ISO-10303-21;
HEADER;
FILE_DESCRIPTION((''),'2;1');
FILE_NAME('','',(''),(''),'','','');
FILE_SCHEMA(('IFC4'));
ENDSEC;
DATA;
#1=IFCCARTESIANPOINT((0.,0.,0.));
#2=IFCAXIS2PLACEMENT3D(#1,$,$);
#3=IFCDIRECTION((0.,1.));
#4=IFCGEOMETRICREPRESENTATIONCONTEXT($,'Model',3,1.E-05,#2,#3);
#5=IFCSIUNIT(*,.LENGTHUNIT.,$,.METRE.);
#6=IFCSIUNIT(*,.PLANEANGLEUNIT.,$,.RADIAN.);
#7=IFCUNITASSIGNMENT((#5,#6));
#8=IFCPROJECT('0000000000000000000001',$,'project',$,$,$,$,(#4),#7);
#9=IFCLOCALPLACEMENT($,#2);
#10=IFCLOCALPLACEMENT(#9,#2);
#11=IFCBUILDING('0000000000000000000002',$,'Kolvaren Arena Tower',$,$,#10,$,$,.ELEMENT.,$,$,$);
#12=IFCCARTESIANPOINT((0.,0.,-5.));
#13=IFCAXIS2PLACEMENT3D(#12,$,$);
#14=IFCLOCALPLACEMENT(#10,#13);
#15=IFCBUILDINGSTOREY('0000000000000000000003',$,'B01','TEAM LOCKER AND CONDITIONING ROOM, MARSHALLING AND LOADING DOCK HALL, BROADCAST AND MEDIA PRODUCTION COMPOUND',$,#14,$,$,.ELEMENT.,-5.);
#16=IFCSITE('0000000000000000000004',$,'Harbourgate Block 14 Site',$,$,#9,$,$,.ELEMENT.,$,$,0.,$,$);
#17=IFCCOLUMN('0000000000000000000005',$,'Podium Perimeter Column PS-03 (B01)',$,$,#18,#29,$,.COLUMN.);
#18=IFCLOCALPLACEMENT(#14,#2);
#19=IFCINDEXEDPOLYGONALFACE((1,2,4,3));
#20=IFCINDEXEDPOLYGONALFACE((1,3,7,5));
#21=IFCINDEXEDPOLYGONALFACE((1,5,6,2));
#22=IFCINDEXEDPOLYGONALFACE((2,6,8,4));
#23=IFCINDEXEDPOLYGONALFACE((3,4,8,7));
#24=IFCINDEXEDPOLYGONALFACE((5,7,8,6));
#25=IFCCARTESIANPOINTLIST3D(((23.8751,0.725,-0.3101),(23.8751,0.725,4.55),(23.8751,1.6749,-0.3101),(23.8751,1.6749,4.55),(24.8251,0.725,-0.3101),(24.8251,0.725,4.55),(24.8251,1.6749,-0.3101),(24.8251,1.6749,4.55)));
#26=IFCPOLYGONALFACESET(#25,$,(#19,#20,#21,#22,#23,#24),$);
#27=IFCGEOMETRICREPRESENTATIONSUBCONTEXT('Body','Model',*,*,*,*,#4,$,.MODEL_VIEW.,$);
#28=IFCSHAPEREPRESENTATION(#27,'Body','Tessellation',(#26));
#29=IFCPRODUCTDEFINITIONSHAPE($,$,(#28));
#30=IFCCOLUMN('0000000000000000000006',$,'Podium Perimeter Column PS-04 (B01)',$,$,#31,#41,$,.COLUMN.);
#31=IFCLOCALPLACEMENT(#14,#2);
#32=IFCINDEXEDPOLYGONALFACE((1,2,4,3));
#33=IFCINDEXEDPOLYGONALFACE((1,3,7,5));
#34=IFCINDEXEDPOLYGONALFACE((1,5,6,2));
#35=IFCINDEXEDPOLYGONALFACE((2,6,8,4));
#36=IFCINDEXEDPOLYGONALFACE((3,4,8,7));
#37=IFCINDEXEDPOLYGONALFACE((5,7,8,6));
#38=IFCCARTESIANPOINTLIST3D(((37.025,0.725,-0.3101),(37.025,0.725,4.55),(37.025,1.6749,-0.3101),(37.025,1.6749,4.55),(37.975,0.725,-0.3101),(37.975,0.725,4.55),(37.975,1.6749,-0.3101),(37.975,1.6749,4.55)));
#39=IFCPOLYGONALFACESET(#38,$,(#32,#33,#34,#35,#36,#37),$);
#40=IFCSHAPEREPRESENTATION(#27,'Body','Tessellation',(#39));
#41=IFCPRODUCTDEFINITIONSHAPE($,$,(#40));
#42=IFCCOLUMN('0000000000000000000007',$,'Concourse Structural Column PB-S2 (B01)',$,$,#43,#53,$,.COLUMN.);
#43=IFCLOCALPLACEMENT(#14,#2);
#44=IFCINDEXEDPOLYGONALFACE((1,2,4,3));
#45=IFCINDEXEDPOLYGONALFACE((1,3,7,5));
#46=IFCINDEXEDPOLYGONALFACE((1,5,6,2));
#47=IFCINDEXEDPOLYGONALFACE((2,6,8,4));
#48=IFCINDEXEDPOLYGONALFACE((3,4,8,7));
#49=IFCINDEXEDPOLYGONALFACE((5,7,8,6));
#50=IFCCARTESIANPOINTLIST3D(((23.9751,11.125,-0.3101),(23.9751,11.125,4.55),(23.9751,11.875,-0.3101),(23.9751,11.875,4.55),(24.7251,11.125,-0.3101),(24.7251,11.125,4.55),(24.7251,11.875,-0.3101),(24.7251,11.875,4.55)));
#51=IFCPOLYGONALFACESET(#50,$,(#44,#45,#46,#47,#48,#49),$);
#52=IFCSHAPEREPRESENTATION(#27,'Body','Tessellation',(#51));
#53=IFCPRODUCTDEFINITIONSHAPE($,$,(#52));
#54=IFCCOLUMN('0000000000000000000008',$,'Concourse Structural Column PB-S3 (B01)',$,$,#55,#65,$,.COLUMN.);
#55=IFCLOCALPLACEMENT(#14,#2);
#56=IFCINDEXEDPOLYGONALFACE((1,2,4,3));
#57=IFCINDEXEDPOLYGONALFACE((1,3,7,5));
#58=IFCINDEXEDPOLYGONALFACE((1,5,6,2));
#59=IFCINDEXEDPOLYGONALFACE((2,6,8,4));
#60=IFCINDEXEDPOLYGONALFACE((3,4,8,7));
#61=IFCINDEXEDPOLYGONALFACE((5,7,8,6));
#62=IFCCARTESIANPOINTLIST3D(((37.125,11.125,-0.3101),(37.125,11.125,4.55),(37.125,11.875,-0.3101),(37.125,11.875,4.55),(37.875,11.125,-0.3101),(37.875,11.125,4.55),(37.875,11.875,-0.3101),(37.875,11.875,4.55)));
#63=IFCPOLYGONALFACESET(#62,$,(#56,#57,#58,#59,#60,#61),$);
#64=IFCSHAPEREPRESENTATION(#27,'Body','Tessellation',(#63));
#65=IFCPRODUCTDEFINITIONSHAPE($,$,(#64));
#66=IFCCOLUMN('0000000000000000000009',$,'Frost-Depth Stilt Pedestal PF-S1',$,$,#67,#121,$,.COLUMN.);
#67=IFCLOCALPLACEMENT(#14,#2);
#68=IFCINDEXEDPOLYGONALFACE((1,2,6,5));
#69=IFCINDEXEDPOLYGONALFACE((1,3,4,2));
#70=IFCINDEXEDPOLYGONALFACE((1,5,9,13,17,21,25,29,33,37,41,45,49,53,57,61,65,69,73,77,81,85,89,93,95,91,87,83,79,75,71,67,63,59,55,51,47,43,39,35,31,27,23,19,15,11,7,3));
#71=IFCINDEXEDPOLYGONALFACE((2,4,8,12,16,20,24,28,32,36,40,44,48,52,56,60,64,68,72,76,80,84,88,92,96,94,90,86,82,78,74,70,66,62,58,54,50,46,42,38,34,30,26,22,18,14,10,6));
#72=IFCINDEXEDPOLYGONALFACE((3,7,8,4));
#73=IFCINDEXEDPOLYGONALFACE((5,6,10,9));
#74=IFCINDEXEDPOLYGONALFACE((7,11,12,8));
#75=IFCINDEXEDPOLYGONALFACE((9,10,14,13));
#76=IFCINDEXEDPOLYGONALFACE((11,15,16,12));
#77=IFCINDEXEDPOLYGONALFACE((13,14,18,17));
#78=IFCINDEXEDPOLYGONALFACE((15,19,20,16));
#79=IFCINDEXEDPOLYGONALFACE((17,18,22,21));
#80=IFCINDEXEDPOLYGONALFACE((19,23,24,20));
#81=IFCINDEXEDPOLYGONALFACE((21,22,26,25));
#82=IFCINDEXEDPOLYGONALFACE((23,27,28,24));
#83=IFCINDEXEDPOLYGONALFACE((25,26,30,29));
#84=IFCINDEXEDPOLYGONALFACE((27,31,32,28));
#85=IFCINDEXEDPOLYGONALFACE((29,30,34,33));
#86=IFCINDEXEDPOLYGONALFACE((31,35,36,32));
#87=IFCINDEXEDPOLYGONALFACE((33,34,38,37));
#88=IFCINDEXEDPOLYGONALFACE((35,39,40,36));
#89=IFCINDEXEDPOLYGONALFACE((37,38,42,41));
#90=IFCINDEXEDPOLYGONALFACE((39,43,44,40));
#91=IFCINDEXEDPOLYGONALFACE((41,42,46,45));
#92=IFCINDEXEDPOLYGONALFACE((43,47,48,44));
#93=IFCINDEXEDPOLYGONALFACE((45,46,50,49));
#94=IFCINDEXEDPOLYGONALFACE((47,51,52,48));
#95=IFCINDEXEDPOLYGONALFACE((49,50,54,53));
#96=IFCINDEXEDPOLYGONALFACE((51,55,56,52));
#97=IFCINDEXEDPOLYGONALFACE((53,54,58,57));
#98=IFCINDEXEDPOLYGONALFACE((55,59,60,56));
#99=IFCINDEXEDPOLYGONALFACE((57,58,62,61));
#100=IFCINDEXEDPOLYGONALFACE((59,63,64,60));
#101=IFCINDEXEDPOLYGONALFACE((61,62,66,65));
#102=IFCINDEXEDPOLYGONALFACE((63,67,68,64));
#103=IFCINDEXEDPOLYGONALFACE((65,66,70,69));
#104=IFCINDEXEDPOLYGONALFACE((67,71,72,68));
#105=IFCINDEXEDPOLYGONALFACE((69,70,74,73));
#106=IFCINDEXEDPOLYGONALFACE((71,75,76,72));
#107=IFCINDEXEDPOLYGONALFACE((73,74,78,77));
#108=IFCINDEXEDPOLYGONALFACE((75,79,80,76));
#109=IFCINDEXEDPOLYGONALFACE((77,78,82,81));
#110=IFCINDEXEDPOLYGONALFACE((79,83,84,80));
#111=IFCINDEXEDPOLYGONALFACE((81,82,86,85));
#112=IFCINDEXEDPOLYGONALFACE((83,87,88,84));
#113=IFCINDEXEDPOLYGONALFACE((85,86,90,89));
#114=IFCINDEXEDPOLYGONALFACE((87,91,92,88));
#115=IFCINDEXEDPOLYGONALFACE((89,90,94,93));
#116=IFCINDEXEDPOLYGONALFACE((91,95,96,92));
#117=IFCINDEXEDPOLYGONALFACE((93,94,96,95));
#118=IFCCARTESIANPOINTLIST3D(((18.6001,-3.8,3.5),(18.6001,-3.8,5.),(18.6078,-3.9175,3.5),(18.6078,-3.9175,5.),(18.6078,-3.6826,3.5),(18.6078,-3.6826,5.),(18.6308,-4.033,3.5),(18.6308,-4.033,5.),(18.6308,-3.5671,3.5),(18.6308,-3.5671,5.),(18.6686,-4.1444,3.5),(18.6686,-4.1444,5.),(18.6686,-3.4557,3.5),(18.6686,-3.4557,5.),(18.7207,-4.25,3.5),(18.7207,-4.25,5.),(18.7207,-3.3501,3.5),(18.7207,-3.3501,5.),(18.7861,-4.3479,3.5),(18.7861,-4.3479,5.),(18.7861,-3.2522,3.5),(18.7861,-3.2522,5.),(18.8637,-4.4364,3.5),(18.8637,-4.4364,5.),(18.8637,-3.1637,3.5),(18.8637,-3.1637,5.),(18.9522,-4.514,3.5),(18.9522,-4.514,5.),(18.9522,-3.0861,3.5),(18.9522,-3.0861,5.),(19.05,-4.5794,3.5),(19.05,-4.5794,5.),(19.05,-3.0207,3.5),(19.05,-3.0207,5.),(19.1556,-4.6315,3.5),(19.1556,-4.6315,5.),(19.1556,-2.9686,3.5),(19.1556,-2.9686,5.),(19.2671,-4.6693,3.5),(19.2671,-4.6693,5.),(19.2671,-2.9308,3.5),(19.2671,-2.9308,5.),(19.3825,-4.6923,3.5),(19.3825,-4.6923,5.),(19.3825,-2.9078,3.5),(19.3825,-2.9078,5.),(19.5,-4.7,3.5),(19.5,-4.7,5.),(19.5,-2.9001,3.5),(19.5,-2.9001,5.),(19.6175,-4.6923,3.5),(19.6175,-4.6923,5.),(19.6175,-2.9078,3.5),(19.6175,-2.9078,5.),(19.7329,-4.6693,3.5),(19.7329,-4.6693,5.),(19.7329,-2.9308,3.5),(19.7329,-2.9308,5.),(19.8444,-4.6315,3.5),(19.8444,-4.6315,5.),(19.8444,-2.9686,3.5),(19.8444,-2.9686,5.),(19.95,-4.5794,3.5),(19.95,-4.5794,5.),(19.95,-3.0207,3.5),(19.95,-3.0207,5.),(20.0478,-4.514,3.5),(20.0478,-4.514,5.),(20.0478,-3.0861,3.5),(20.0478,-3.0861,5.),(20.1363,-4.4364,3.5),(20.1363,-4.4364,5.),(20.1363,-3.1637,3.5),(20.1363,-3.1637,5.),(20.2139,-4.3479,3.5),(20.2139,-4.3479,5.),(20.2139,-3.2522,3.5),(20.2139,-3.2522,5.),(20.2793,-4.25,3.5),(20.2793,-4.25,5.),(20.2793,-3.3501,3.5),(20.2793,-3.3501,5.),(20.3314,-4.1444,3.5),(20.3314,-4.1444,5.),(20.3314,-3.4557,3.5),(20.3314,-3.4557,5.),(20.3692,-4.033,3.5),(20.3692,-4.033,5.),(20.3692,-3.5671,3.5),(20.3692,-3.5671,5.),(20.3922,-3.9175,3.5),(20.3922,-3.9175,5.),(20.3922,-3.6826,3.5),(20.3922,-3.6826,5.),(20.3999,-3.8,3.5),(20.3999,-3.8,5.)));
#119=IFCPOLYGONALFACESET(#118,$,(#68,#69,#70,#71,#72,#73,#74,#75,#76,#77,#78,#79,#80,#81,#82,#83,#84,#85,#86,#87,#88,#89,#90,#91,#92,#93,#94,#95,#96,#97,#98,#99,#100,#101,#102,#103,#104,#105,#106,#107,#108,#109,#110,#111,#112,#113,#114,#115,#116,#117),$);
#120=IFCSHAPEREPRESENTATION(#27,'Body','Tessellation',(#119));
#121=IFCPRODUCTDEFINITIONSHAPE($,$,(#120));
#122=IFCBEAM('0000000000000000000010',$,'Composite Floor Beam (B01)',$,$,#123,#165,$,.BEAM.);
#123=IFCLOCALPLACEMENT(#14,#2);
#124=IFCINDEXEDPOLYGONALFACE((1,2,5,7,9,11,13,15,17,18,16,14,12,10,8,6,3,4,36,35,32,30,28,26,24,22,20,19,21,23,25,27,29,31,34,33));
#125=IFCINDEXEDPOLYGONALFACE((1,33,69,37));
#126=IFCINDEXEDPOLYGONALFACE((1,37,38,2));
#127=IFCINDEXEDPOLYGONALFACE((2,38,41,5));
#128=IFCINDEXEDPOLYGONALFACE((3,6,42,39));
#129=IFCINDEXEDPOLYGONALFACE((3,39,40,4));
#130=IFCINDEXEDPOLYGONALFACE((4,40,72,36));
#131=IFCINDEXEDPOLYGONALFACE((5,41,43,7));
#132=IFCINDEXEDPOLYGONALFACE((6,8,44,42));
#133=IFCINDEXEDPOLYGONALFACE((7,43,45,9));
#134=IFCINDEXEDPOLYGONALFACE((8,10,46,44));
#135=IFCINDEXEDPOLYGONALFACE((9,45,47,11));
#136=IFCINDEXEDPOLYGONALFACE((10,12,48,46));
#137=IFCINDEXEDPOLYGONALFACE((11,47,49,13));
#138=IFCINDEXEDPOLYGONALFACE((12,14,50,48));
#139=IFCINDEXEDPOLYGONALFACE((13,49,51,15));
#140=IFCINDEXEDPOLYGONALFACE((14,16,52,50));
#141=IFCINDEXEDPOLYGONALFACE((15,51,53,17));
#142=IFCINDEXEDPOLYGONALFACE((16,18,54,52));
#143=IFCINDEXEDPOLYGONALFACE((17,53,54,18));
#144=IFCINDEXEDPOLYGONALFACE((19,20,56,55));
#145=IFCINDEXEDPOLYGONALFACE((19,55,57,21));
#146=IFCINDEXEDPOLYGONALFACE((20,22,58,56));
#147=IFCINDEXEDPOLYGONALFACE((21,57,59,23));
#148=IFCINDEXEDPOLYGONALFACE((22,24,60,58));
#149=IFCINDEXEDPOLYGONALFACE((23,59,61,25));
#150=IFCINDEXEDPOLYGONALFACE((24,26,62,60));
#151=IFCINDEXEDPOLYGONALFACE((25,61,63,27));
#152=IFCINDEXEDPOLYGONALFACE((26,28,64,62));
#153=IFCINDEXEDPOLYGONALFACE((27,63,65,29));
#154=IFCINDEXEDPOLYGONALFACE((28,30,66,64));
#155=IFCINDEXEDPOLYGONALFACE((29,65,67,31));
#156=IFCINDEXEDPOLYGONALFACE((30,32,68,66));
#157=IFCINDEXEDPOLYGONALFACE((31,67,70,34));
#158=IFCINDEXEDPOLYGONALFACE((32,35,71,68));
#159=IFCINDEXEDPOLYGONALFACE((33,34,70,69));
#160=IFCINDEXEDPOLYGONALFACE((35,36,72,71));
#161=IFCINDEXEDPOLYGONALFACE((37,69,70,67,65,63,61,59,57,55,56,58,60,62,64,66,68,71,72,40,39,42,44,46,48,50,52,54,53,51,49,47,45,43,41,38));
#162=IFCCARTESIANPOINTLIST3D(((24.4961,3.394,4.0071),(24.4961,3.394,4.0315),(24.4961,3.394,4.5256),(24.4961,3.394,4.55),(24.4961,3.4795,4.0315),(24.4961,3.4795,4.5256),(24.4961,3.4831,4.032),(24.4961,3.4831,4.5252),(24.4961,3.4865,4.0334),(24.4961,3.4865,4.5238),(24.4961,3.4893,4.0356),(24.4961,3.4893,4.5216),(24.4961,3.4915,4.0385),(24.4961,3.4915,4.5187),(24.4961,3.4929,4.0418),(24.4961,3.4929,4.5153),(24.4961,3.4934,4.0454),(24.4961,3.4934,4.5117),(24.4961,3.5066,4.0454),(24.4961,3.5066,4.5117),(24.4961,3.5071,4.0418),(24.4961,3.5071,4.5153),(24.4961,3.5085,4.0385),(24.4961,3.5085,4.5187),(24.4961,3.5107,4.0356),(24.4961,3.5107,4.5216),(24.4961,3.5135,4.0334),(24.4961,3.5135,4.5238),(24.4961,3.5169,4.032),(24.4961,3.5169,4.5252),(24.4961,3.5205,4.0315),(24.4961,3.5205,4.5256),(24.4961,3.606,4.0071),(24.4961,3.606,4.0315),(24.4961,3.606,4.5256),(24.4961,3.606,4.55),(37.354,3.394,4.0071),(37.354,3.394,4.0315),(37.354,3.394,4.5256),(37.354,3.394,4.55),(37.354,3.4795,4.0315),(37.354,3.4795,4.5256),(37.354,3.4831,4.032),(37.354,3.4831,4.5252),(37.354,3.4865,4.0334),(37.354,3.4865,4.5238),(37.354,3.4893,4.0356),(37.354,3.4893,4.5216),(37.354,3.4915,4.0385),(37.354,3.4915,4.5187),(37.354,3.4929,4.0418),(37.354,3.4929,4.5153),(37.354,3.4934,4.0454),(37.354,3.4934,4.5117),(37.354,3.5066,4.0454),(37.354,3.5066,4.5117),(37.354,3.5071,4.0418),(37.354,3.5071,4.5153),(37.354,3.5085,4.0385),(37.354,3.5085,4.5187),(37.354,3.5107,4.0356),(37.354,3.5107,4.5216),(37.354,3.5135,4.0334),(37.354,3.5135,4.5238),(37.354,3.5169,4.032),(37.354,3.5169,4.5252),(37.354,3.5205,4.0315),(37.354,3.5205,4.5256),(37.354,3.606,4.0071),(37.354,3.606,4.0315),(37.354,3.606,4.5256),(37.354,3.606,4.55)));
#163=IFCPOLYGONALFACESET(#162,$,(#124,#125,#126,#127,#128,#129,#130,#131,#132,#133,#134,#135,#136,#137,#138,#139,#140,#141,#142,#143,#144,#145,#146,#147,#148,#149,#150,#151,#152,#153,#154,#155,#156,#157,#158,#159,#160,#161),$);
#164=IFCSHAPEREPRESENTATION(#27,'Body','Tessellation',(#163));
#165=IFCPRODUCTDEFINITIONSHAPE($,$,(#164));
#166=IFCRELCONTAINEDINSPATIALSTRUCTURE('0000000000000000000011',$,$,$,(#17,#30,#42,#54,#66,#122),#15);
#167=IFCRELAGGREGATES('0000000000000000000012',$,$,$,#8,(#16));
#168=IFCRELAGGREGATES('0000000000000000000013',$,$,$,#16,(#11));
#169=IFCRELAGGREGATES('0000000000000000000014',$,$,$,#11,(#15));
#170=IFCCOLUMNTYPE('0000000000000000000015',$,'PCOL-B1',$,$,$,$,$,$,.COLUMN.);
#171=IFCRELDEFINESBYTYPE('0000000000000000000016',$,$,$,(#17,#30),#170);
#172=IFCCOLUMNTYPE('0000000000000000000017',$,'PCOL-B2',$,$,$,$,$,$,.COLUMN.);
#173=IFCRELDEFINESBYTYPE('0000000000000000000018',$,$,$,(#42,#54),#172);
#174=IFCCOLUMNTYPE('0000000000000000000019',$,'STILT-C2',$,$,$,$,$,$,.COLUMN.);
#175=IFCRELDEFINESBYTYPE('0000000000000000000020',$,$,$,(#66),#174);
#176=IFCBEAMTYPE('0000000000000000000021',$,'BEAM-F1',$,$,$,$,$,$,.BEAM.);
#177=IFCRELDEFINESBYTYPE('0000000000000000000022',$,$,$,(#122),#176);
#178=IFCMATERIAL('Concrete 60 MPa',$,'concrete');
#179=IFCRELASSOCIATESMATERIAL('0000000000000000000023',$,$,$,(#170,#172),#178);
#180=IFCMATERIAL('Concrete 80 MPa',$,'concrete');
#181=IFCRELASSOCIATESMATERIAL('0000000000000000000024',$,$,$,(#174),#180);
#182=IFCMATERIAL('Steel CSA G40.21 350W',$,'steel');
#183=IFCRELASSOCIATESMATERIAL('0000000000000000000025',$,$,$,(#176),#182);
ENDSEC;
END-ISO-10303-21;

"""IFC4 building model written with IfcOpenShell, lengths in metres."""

from ifc_helpers import new_model, si_unit, direction, frame, origin, origin_2d, place, context, subcontext, project, spatial, rectangle, circle, i_section, extrude, material, material_profile, profile_set, type_object, element, save


model = new_model("IFC4")

# Units and contexts
model_context = context("Model", 3, precision=1e-05, world=origin(), true_north=direction((0.0, 1.0)))
body_context = subcontext(model_context, "Body", "Model", "MODEL_VIEW")
ifc_project = project(units=[si_unit("LENGTHUNIT", "METRE"), si_unit("PLANEANGLEUNIT", "RADIAN")], contexts=[model_context])

# Site, building, storey
site_placement = place(None, origin())
site = spatial("IfcSite", under=ifc_project, at=site_placement, Name="Harbourgate Block 14 Site", CompositionType="ELEMENT", RefElevation=0.0)
building_placement = place(site_placement, origin())
building = spatial("IfcBuilding", under=site, at=building_placement, Name="Kolvaren Arena Tower", CompositionType="ELEMENT")
storey_placement = place(building_placement, frame((0.0, 0.0, -5.0)))
storey = spatial("IfcBuildingStorey", under=building, at=storey_placement, Name="B01", Description="TEAM LOCKER AND CONDITIONING ROOM, MARSHALLING AND LOADING DOCK HALL, BROADCAST AND MEDIA PRODUCTION COMPOUND", CompositionType="ELEMENT", Elevation=-5.0)

# Columns
ifc_material_1 = material(Name="Concrete 60 MPa", Category="concrete")
ifc_material_profile_1 = material_profile(ifc_material_1, rectangle(XDim=0.95, YDim=0.95, at=origin_2d()), Name="RC-950x950")
ifc_profile_set_1 = profile_set([ifc_material_profile_1], Name="Concrete 60 MPa")
column_type_1 = type_object("IfcColumnType", Name="PCOL-B1", PredefinedType="COLUMN", material=ifc_profile_set_1)
for number, where, z_axis, x_axis, name in (
    (1, (24.3501, 1.2, -0.3101), (0.0, 0.0, 1.0), (1.0, 0.0, 0.0), "Podium Perimeter Column PS-03 (B01)"),
    (2, (37.5, 1.2, -0.3101), (0.0, 0.0, 1.0), (1.0, 0.0, 0.0), "Podium Perimeter Column PS-04 (B01)"),
):
    element("IfcColumn", number, at=place(storey_placement, frame(where, z_axis=z_axis, x_axis=x_axis)), inside=storey, type_object=column_type_1, Name=name, PredefinedType="COLUMN", context=body_context, shape_type="SweptSolid", body=[
        extrude(rectangle(XDim=0.95, YDim=0.95, at=origin_2d()), origin(), (0.0, 0.0, 1.0), 4.8601),
    ])
ifc_material_profile_2 = material_profile(ifc_material_1, rectangle(XDim=0.75, YDim=0.75, at=origin_2d()), Name="RC-750x750")
ifc_profile_set_2 = profile_set([ifc_material_profile_2], Name="Concrete 60 MPa")
column_type_2 = type_object("IfcColumnType", Name="PCOL-B2", PredefinedType="COLUMN", material=ifc_profile_set_2)
for number, where, z_axis, x_axis, name in (
    (3, (24.3501, 11.5, -0.3101), (0.0, 0.0, 1.0), (1.0, 0.0, 0.0), "Concourse Structural Column PB-S2 (B01)"),
    (4, (37.5, 11.5, -0.3101), (0.0, 0.0, 1.0), (1.0, 0.0, 0.0), "Concourse Structural Column PB-S3 (B01)"),
):
    element("IfcColumn", number, at=place(storey_placement, frame(where, z_axis=z_axis, x_axis=x_axis)), inside=storey, type_object=column_type_2, Name=name, PredefinedType="COLUMN", context=body_context, shape_type="SweptSolid", body=[
        extrude(rectangle(XDim=0.75, YDim=0.75, at=origin_2d()), origin(), (0.0, 0.0, 1.0), 4.8601),
    ])
ifc_material_2 = material(Name="Concrete 80 MPa", Category="concrete")
ifc_material_profile_3 = material_profile(ifc_material_2, circle(Radius=0.8999, at=origin_2d()), Name="RC-CIRC-1800")
ifc_profile_set_3 = profile_set([ifc_material_profile_3], Name="Concrete 80 MPa")
column_type_3 = type_object("IfcColumnType", Name="STILT-C2", PredefinedType="COLUMN", material=ifc_profile_set_3)
column_placement = place(storey_placement, frame((19.5, -3.8, 3.5), z_axis=(0.0, 0.0, 1.0), x_axis=(1.0, 0.0, 0.0)))
element("IfcColumn", 5, at=column_placement, inside=storey, type_object=column_type_3, Name="Frost-Depth Stilt Pedestal PF-S1", PredefinedType="COLUMN", context=body_context, shape_type="SweptSolid", body=[
    extrude(circle(Radius=0.8999, at=origin_2d()), origin(), (0.0, 0.0, 1.0), 1.5),
])

# Beam
ifc_material_3 = material(Name="Steel CSA G40.21 350W", Category="steel")
ifc_material_profile_4 = material_profile(ifc_material_3, i_section(OverallWidth=0.2119, OverallDepth=0.543, WebThickness=0.0132, FlangeThickness=0.0244, FilletRadius=0.0139, at=origin_2d()), Name="W530x150")
ifc_profile_set_4 = profile_set([ifc_material_profile_4], Name="Steel CSA G40.21 350W")
beam_type_1 = type_object("IfcBeamType", Name="BEAM-F1", PredefinedType="BEAM", material=ifc_profile_set_4)
beam_1_placement = place(storey_placement, frame((24.4961, 3.5, 4.2786), z_axis=(1.0, 0.0, 0.0), x_axis=(0.0, 1.0, 0.0)))
element("IfcBeam", 6, at=beam_1_placement, inside=storey, type_object=beam_type_1, Name="Composite Floor Beam (B01)", PredefinedType="BEAM", context=body_context, shape_type="SweptSolid", body=[
    extrude(i_section(OverallWidth=0.2119, OverallDepth=0.543, WebThickness=0.0132, FlangeThickness=0.0244, FilletRadius=0.0139, at=origin_2d()), origin(), (0.0, 0.0, 1.0), 12.8579),
])

save(model, "model.ifc")
